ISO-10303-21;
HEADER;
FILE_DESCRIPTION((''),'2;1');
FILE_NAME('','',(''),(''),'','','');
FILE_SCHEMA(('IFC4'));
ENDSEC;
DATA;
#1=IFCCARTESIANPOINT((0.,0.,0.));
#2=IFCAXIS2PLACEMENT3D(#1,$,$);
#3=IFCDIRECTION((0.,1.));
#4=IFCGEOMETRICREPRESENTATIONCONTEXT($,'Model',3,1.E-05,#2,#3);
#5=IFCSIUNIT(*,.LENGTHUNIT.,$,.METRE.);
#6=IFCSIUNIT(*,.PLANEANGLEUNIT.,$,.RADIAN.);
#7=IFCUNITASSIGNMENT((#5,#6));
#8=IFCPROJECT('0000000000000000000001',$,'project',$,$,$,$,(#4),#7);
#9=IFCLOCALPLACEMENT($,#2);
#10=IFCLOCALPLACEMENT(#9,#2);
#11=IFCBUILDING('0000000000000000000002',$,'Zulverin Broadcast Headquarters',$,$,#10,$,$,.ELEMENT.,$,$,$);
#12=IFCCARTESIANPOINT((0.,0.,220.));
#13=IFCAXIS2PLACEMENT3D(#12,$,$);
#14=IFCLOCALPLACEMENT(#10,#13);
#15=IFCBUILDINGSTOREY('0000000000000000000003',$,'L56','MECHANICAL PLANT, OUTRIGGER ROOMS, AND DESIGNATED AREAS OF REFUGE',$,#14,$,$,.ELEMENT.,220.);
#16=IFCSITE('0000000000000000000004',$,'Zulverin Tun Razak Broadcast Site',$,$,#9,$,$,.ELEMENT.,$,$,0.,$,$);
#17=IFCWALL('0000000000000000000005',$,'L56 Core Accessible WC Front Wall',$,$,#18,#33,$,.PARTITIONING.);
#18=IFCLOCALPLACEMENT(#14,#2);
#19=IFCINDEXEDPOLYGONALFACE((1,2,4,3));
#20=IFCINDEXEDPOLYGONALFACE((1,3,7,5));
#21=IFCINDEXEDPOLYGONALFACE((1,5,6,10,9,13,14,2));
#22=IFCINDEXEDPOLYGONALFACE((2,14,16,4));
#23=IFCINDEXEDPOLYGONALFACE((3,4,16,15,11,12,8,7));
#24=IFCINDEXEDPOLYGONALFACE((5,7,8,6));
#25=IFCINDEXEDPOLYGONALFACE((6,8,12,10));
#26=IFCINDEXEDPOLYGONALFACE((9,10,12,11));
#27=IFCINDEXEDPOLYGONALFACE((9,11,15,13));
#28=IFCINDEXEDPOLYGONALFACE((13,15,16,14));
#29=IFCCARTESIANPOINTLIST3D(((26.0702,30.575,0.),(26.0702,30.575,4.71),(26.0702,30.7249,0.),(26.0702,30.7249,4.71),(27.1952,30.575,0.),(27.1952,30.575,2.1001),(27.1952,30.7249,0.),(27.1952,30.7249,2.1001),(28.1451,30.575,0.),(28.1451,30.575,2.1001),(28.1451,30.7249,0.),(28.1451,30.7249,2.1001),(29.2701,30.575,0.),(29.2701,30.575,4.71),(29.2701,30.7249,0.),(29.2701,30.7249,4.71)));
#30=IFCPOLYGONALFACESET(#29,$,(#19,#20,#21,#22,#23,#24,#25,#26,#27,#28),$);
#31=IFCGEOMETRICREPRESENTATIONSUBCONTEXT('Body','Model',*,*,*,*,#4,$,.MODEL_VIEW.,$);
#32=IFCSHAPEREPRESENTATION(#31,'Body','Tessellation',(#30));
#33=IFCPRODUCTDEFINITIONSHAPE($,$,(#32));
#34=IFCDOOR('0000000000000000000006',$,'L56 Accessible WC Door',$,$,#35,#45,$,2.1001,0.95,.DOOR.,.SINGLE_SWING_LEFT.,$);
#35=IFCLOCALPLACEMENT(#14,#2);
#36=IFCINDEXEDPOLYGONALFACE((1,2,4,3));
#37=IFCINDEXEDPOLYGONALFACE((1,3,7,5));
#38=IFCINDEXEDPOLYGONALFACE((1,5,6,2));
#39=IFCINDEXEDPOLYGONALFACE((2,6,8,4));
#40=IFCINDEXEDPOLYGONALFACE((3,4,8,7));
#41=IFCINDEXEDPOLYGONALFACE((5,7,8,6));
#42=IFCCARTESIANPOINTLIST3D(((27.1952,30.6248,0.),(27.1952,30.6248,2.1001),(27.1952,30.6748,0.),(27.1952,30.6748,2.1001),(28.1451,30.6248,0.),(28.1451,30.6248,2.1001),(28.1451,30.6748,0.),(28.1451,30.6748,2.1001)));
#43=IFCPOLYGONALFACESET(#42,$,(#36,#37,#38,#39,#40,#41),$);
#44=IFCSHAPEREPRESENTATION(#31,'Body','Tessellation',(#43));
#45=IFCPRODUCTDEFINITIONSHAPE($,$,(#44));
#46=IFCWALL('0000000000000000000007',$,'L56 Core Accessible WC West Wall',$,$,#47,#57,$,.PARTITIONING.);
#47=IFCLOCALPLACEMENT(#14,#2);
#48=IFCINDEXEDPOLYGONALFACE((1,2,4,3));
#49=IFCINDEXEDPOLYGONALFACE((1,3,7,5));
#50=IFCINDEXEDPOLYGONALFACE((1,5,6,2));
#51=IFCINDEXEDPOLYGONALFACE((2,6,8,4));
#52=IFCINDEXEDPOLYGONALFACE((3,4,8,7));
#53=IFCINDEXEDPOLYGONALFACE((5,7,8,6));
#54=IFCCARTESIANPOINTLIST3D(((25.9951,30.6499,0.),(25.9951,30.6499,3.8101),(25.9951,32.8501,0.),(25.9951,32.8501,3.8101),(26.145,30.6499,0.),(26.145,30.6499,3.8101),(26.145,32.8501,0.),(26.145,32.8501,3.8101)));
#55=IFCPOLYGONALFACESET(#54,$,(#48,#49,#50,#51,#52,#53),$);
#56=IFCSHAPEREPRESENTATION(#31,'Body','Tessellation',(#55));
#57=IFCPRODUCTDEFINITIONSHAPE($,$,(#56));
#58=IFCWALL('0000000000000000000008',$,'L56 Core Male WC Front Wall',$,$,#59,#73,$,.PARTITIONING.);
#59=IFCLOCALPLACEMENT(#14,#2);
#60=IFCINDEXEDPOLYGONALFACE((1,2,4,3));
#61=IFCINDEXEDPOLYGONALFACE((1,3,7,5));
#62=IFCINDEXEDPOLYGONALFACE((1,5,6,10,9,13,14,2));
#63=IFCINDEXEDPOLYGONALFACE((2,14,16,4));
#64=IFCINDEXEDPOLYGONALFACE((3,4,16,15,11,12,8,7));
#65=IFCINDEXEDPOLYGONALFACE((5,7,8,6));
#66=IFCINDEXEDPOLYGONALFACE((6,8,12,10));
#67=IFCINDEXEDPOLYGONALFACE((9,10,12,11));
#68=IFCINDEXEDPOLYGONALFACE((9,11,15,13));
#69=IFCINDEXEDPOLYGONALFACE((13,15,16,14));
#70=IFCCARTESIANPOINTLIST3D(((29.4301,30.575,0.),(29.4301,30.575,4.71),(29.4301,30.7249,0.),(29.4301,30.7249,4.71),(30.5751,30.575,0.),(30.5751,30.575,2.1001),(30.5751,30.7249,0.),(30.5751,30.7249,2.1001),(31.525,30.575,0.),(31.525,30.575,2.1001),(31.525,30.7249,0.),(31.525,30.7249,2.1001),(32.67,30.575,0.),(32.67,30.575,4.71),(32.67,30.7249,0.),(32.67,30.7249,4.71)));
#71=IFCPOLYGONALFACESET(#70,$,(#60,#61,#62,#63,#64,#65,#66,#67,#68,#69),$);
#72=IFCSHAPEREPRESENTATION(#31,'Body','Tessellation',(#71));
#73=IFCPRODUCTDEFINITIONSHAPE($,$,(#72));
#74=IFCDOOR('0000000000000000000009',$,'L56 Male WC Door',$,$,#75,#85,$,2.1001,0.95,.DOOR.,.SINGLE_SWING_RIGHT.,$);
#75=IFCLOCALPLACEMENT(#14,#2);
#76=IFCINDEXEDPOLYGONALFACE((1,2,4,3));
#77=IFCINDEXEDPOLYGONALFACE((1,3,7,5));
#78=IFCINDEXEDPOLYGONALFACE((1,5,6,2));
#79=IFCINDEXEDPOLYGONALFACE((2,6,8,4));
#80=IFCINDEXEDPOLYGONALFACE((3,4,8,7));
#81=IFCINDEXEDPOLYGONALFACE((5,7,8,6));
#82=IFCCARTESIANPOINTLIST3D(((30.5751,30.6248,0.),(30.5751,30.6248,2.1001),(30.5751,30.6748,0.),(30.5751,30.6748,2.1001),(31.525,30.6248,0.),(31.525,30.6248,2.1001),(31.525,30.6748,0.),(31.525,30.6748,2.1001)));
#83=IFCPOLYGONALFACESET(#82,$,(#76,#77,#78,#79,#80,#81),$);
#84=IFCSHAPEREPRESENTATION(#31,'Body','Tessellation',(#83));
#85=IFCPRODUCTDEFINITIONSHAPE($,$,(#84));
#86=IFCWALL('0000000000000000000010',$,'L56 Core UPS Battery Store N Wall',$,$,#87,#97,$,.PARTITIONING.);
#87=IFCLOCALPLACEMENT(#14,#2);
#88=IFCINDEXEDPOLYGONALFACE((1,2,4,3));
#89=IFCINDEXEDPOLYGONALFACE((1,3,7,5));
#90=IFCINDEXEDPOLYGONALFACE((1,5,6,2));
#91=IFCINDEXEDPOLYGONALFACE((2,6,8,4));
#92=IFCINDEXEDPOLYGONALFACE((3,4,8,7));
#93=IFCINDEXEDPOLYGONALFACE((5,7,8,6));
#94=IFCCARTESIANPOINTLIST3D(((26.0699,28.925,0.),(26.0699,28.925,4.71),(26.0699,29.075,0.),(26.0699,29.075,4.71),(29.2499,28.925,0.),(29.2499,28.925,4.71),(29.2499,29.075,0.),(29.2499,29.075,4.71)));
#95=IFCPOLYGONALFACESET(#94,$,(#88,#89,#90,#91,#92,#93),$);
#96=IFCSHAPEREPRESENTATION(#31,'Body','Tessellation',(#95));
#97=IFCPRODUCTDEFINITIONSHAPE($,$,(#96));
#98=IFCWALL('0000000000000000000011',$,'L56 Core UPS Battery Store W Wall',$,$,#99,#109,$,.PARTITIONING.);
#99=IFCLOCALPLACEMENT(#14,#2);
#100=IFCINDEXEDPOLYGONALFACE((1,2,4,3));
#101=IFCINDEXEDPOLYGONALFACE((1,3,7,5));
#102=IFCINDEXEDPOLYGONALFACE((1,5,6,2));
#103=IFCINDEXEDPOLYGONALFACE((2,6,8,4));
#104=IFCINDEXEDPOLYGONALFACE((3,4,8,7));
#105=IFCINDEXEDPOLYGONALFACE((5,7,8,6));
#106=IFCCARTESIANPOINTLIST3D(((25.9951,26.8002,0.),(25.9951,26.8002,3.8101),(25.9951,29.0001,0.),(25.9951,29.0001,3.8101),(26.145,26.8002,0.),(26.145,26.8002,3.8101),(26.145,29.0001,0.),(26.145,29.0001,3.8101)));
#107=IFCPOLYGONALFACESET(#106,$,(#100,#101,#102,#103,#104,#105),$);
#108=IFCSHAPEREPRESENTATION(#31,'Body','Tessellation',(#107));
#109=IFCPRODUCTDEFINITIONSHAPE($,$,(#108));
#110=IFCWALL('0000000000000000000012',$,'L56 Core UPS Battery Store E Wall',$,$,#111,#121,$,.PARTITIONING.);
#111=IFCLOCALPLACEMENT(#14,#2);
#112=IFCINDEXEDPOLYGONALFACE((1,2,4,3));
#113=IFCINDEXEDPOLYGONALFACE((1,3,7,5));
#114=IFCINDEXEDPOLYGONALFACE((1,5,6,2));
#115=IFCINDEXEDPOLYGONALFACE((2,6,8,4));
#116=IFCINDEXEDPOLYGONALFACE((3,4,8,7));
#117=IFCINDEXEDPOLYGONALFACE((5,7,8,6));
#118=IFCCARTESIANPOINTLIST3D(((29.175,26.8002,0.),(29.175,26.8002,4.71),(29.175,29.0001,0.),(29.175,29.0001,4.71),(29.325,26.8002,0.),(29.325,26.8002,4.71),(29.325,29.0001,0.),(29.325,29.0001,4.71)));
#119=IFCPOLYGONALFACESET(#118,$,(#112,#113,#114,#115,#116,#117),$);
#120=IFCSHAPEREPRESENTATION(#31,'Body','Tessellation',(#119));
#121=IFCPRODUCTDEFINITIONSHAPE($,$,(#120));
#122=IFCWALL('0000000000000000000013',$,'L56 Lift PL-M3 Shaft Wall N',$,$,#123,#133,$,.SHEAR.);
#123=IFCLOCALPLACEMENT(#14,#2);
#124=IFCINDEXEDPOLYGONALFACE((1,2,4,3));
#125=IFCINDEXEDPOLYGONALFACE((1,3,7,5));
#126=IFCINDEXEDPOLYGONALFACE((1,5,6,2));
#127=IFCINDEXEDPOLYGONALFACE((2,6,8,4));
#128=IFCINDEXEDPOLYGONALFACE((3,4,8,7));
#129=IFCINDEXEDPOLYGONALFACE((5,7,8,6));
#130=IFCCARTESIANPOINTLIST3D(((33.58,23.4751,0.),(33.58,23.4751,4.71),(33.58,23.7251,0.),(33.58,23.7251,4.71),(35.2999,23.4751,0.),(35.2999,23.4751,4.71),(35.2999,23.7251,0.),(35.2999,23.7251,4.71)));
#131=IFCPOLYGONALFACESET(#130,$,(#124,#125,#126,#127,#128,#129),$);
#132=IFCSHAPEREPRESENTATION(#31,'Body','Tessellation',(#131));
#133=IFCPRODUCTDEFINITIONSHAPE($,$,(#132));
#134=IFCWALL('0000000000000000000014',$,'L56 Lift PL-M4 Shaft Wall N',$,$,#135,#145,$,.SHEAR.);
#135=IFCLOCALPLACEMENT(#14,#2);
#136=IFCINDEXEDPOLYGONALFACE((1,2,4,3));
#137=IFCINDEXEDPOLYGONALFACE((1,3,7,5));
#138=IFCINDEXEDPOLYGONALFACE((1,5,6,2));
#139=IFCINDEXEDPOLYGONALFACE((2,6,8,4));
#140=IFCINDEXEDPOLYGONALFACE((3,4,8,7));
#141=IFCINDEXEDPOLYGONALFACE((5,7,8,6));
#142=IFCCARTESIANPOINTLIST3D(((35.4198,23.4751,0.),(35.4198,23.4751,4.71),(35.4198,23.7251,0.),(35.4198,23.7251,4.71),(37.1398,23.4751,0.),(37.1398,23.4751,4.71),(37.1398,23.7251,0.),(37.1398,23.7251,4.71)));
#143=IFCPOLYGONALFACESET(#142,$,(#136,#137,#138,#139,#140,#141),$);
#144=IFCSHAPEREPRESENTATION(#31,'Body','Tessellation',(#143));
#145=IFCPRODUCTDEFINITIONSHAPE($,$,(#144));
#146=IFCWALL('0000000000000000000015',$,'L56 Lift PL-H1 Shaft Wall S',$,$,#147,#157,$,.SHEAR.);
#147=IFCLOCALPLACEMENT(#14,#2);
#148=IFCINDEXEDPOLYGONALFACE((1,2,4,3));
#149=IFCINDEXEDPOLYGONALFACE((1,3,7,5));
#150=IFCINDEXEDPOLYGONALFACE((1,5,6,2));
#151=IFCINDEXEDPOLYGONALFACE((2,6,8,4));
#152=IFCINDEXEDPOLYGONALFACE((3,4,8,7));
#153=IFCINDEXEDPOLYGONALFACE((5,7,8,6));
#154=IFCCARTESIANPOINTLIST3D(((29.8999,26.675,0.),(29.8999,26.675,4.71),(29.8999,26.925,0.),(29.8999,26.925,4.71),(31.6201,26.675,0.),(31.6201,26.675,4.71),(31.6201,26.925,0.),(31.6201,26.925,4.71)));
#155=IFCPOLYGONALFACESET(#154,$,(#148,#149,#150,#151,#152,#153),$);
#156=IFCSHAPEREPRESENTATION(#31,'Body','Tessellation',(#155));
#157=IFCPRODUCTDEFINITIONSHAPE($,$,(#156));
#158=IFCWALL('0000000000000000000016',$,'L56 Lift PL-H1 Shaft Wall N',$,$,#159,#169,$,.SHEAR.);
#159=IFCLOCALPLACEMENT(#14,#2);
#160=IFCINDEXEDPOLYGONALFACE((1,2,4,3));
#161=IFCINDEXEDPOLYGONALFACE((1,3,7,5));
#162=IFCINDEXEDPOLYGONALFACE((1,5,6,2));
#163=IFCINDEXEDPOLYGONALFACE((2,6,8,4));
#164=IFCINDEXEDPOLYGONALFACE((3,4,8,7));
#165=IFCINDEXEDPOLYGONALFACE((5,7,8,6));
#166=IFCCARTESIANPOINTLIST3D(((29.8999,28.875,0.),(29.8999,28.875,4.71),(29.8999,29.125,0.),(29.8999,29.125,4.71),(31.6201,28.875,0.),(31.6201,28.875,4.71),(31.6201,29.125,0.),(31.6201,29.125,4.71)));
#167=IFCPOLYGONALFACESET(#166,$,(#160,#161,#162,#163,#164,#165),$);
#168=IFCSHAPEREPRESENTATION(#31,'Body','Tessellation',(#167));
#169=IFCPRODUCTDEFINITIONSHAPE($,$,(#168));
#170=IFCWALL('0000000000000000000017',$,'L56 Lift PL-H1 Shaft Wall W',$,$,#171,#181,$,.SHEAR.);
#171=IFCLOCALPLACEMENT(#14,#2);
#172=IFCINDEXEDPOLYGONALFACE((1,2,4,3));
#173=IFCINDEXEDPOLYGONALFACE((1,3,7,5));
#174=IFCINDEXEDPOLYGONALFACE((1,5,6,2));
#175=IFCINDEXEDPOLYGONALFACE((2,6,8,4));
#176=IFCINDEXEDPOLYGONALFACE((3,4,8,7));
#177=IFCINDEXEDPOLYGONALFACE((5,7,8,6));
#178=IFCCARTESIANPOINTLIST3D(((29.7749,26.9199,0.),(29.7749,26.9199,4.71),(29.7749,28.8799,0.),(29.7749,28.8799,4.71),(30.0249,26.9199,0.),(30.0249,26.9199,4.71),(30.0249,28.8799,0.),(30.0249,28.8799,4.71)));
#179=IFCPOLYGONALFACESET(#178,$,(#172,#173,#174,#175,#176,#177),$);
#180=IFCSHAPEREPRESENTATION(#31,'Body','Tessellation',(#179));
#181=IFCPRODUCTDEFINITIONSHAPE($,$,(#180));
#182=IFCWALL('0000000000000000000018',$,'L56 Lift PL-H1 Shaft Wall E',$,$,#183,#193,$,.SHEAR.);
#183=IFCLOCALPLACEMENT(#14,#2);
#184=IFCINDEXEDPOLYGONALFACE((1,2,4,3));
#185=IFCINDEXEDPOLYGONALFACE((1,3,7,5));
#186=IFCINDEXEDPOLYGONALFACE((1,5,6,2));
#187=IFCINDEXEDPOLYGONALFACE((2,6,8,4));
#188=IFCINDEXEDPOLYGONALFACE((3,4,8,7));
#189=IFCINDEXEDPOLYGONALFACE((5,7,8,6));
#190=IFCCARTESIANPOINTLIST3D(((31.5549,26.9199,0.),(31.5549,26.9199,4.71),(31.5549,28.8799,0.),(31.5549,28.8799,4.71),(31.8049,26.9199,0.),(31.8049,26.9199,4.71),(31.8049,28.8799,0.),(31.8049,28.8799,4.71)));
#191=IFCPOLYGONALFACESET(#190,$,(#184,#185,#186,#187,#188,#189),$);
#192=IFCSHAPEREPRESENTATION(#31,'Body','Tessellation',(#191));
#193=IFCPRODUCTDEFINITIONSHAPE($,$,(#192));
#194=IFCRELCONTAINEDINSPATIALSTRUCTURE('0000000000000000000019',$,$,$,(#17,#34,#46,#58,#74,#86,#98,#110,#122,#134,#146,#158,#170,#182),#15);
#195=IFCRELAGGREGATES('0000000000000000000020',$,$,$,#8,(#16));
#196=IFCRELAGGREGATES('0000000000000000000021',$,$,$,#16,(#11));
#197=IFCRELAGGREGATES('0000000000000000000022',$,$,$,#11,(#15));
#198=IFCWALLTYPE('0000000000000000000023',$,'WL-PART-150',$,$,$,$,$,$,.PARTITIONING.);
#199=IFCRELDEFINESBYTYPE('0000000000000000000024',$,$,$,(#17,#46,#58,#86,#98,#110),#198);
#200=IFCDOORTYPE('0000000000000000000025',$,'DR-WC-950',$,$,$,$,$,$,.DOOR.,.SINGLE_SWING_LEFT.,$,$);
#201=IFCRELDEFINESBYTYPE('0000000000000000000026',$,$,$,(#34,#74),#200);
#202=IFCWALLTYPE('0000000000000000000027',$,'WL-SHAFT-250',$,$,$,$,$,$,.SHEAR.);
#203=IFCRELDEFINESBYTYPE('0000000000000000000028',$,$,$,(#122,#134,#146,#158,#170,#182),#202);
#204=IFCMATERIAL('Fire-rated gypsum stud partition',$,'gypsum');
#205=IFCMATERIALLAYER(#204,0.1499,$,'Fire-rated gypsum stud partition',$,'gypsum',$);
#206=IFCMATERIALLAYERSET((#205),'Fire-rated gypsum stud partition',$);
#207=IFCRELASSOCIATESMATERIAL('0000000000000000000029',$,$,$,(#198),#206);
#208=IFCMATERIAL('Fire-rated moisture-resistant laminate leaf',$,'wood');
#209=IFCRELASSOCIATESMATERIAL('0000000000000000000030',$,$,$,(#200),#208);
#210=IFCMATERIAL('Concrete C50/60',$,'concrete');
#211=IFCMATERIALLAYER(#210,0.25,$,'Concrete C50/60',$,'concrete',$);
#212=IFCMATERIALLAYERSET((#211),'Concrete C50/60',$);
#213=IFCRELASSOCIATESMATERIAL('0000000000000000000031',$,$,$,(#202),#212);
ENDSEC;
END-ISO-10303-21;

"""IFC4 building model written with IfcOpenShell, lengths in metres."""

from ifc_helpers import new_model, si_unit, direction, frame, frame_2d, origin, place, context, subcontext, project, spatial, rectangle, extrude, material, layer, layer_set, type_object, element, fill, save


model = new_model("IFC4")

# Units and contexts
model_context = context("Model", 3, precision=1e-05, world=origin(), true_north=direction((0.0, 1.0)))
body_context = subcontext(model_context, "Body", "Model", "MODEL_VIEW")
ifc_project = project(units=[si_unit("LENGTHUNIT", "METRE"), si_unit("PLANEANGLEUNIT", "RADIAN")], contexts=[model_context])

# Site, building, storey
site_placement = place(None, origin())
site = spatial("IfcSite", under=ifc_project, at=site_placement, Name="Zulverin Tun Razak Broadcast Site", CompositionType="ELEMENT", RefElevation=0.0)
building_placement = place(site_placement, origin())
building = spatial("IfcBuilding", under=site, at=building_placement, Name="Zulverin Broadcast Headquarters", CompositionType="ELEMENT")
storey_placement = place(building_placement, frame((0.0, 0.0, 220.0)))
storey = spatial("IfcBuildingStorey", under=building, at=storey_placement, Name="L56", Description="MECHANICAL PLANT, OUTRIGGER ROOMS, AND DESIGNATED AREAS OF REFUGE", CompositionType="ELEMENT", Elevation=220.0)

# Wall, opening, door
ifc_material_1 = material(Name="Fire-rated gypsum stud partition", Category="gypsum")
ifc_layer_1 = layer(ifc_material_1, 0.1499, Name="Fire-rated gypsum stud partition", Category="gypsum")
ifc_layer_set_1 = layer_set([ifc_layer_1], Name="Fire-rated gypsum stud partition")
wall_type_1 = type_object("IfcWallType", Name="WL-PART-150", PredefinedType="PARTITIONING", material=ifc_layer_set_1)
wall_1_placement = place(storey_placement, frame((26.0701, 30.6499, 0.0), z_axis=(0.0, 0.0, 1.0), x_axis=(1.0, 0.0, 0.0)))
wall_1 = element("IfcWall", 1, at=wall_1_placement, inside=storey, type_object=wall_type_1, Name="L56 Core Accessible WC Front Wall", PredefinedType="PARTITIONING", context=body_context, shape_type="SweptSolid", body=[
    extrude(rectangle(XDim=3.2, YDim=0.1499, at=frame_2d((1.6001, 0.0))), origin(), (0.0, 0.0, 1.0), 4.71),
])
opening_1_placement = place(wall_1_placement, frame((1.125, 0.0, 0.0)))
opening_1 = element("IfcOpeningElement", 2, at=opening_1_placement, cuts=wall_1, PredefinedType="OPENING", context=body_context, shape_type="SweptSolid", body=[
    extrude(rectangle(XDim=0.95, YDim=2.1001, at=frame_2d((0.4751, 1.05))), frame((0.0, 0.085, 0.0), z_axis=(0.0, -1.0, 0.0), x_axis=(1.0, 0.0, 0.0)), (0.0, 0.0, 1.0), 0.1699),
])
ifc_material_2 = material(Name="Fire-rated moisture-resistant laminate leaf", Category="wood")
door_type_1 = type_object("IfcDoorType", Name="DR-WC-950", OperationType="SINGLE_SWING_LEFT", PredefinedType="DOOR", material=ifc_material_2)
door_1_placement = place(opening_1_placement, origin())
door_1 = element("IfcDoor", 3, at=door_1_placement, inside=storey, type_object=door_type_1, Name="L56 Accessible WC Door", OperationType="SINGLE_SWING_LEFT", OverallHeight=2.1001, OverallWidth=0.95, PredefinedType="DOOR", context=body_context, shape_type="SweptSolid", body=[
    extrude(rectangle(XDim=0.95, YDim=2.1001, at=frame_2d((0.4751, 1.05))), frame((0.0, 0.0249, 0.0), z_axis=(0.0, -1.0, 0.0), x_axis=(1.0, 0.0, 0.0)), (0.0, 0.0, 1.0), 0.05),
])
fill(opening_1, door_1)

# Wall
wall_2_placement = place(storey_placement, frame((26.0701, 30.6499, 0.0), z_axis=(0.0, 0.0, 1.0), x_axis=(0.0, 1.0, 0.0)))
element("IfcWall", 4, at=wall_2_placement, inside=storey, type_object=wall_type_1, Name="L56 Core Accessible WC West Wall", PredefinedType="PARTITIONING", context=body_context, shape_type="SweptSolid", body=[
    extrude(rectangle(XDim=2.2002, YDim=0.1499, at=frame_2d((1.1001, 0.0))), origin(), (0.0, 0.0, 1.0), 3.8101),
])

# Wall, opening, door
wall_3_placement = place(storey_placement, frame((29.4299, 30.6499, 0.0), z_axis=(0.0, 0.0, 1.0), x_axis=(1.0, 0.0, 0.0)))
wall_3 = element("IfcWall", 5, at=wall_3_placement, inside=storey, type_object=wall_type_1, Name="L56 Core Male WC Front Wall", PredefinedType="PARTITIONING", context=body_context, shape_type="SweptSolid", body=[
    extrude(rectangle(XDim=3.24, YDim=0.1499, at=frame_2d((1.6201, 0.0))), origin(), (0.0, 0.0, 1.0), 4.71),
])
opening_2_placement = place(wall_3_placement, frame((1.145, 0.0, 0.0)))
opening_2 = element("IfcOpeningElement", 6, at=opening_2_placement, cuts=wall_3, PredefinedType="OPENING", context=body_context, shape_type="SweptSolid", body=[
    extrude(rectangle(XDim=0.95, YDim=2.1001, at=frame_2d((0.4751, 1.05))), frame((0.0, 0.085, 0.0), z_axis=(0.0, -1.0, 0.0), x_axis=(1.0, 0.0, 0.0)), (0.0, 0.0, 1.0), 0.1699),
])
door_2_placement = place(opening_2_placement, origin())
door_2 = element("IfcDoor", 7, at=door_2_placement, inside=storey, type_object=door_type_1, Name="L56 Male WC Door", OperationType="SINGLE_SWING_RIGHT", OverallHeight=2.1001, OverallWidth=0.95, PredefinedType="DOOR", context=body_context, shape_type="SweptSolid", body=[
    extrude(rectangle(XDim=0.95, YDim=2.1001, at=frame_2d((0.4751, 1.05))), frame((0.0, 0.0249, 0.0), z_axis=(0.0, -1.0, 0.0), x_axis=(1.0, 0.0, 0.0)), (0.0, 0.0, 1.0), 0.05),
])
fill(opening_2, door_2)

# Walls
wall_4_placement = place(storey_placement, frame((26.0701, 29.0, 0.0), z_axis=(0.0, 0.0, 1.0), x_axis=(1.0, 0.0, 0.0)))
element("IfcWall", 8, at=wall_4_placement, inside=storey, type_object=wall_type_1, Name="L56 Core UPS Battery Store N Wall", PredefinedType="PARTITIONING", context=body_context, shape_type="SweptSolid", body=[
    extrude(rectangle(XDim=3.1799, YDim=0.1499, at=frame_2d((1.5898, 0.0))), origin(), (0.0, 0.0, 1.0), 4.71),
])
wall_5_placement = place(storey_placement, frame((26.0701, 26.8, 0.0), z_axis=(0.0, 0.0, 1.0), x_axis=(0.0, 1.0, 0.0)))
element("IfcWall", 9, at=wall_5_placement, inside=storey, type_object=wall_type_1, Name="L56 Core UPS Battery Store W Wall", PredefinedType="PARTITIONING", context=body_context, shape_type="SweptSolid", body=[
    extrude(rectangle(XDim=2.2, YDim=0.1499, at=frame_2d((1.1001, 0.0))), origin(), (0.0, 0.0, 1.0), 3.8101),
])
wall_6_placement = place(storey_placement, frame((29.25, 26.8, 0.0), z_axis=(0.0, 0.0, 1.0), x_axis=(0.0, 1.0, 0.0)))
element("IfcWall", 10, at=wall_6_placement, inside=storey, type_object=wall_type_1, Name="L56 Core UPS Battery Store E Wall", PredefinedType="PARTITIONING", context=body_context, shape_type="SweptSolid", body=[
    extrude(rectangle(XDim=2.2, YDim=0.1499, at=frame_2d((1.1001, 0.0))), origin(), (0.0, 0.0, 1.0), 4.71),
])
ifc_material_3 = material(Name="Concrete C50/60", Category="concrete")
ifc_layer_2 = layer(ifc_material_3, 0.25, Name="Concrete C50/60", Category="concrete")
ifc_layer_set_2 = layer_set([ifc_layer_2], Name="Concrete C50/60")
wall_type_2 = type_object("IfcWallType", Name="WL-SHAFT-250", PredefinedType="SHEAR", material=ifc_layer_set_2)
for number, where, z_axis, x_axis, name in (
    (11, (33.5801, 23.6001, 0.0), (0.0, 0.0, 1.0), (1.0, 0.0, 0.0), "L56 Lift PL-M3 Shaft Wall N"),
    (12, (35.4199, 23.6001, 0.0), (0.0, 0.0, 1.0), (1.0, 0.0, 0.0), "L56 Lift PL-M4 Shaft Wall N"),
):
    element("IfcWall", number, at=place(storey_placement, frame(where, z_axis=z_axis, x_axis=x_axis)), inside=storey, type_object=wall_type_2, Name=name, PredefinedType="SHEAR", context=body_context, shape_type="SweptSolid", body=[
        extrude(rectangle(XDim=1.72, YDim=0.25, at=frame_2d((0.8599, 0.0))), origin(), (0.0, 0.0, 1.0), 4.71),
    ])
for number, where, z_axis, x_axis, name in (
    (13, (29.8999, 26.8, 0.0), (0.0, 0.0, 1.0), (1.0, 0.0, 0.0), "L56 Lift PL-H1 Shaft Wall S"),
    (14, (29.8999, 29.0, 0.0), (0.0, 0.0, 1.0), (1.0, 0.0, 0.0), "L56 Lift PL-H1 Shaft Wall N"),
):
    element("IfcWall", number, at=place(storey_placement, frame(where, z_axis=z_axis, x_axis=x_axis)), inside=storey, type_object=wall_type_2, Name=name, PredefinedType="SHEAR", context=body_context, shape_type="SweptSolid", body=[
        extrude(rectangle(XDim=1.7202, YDim=0.25, at=frame_2d((0.8601, 0.0))), origin(), (0.0, 0.0, 1.0), 4.71),
    ])
for number, where, z_axis, x_axis, name in (
    (15, (29.8999, 26.9199, 0.0), (0.0, 0.0, 1.0), (0.0, 1.0, 0.0), "L56 Lift PL-H1 Shaft Wall W"),
    (16, (31.6799, 26.9199, 0.0), (0.0, 0.0, 1.0), (0.0, 1.0, 0.0), "L56 Lift PL-H1 Shaft Wall E"),
):
    element("IfcWall", number, at=place(storey_placement, frame(where, z_axis=z_axis, x_axis=x_axis)), inside=storey, type_object=wall_type_2, Name=name, PredefinedType="SHEAR", context=body_context, shape_type="SweptSolid", body=[
        extrude(rectangle(XDim=1.96, YDim=0.25, at=frame_2d((0.98, 0.0))), origin(), (0.0, 0.0, 1.0), 4.71),
    ])

save(model, "model.ifc")
